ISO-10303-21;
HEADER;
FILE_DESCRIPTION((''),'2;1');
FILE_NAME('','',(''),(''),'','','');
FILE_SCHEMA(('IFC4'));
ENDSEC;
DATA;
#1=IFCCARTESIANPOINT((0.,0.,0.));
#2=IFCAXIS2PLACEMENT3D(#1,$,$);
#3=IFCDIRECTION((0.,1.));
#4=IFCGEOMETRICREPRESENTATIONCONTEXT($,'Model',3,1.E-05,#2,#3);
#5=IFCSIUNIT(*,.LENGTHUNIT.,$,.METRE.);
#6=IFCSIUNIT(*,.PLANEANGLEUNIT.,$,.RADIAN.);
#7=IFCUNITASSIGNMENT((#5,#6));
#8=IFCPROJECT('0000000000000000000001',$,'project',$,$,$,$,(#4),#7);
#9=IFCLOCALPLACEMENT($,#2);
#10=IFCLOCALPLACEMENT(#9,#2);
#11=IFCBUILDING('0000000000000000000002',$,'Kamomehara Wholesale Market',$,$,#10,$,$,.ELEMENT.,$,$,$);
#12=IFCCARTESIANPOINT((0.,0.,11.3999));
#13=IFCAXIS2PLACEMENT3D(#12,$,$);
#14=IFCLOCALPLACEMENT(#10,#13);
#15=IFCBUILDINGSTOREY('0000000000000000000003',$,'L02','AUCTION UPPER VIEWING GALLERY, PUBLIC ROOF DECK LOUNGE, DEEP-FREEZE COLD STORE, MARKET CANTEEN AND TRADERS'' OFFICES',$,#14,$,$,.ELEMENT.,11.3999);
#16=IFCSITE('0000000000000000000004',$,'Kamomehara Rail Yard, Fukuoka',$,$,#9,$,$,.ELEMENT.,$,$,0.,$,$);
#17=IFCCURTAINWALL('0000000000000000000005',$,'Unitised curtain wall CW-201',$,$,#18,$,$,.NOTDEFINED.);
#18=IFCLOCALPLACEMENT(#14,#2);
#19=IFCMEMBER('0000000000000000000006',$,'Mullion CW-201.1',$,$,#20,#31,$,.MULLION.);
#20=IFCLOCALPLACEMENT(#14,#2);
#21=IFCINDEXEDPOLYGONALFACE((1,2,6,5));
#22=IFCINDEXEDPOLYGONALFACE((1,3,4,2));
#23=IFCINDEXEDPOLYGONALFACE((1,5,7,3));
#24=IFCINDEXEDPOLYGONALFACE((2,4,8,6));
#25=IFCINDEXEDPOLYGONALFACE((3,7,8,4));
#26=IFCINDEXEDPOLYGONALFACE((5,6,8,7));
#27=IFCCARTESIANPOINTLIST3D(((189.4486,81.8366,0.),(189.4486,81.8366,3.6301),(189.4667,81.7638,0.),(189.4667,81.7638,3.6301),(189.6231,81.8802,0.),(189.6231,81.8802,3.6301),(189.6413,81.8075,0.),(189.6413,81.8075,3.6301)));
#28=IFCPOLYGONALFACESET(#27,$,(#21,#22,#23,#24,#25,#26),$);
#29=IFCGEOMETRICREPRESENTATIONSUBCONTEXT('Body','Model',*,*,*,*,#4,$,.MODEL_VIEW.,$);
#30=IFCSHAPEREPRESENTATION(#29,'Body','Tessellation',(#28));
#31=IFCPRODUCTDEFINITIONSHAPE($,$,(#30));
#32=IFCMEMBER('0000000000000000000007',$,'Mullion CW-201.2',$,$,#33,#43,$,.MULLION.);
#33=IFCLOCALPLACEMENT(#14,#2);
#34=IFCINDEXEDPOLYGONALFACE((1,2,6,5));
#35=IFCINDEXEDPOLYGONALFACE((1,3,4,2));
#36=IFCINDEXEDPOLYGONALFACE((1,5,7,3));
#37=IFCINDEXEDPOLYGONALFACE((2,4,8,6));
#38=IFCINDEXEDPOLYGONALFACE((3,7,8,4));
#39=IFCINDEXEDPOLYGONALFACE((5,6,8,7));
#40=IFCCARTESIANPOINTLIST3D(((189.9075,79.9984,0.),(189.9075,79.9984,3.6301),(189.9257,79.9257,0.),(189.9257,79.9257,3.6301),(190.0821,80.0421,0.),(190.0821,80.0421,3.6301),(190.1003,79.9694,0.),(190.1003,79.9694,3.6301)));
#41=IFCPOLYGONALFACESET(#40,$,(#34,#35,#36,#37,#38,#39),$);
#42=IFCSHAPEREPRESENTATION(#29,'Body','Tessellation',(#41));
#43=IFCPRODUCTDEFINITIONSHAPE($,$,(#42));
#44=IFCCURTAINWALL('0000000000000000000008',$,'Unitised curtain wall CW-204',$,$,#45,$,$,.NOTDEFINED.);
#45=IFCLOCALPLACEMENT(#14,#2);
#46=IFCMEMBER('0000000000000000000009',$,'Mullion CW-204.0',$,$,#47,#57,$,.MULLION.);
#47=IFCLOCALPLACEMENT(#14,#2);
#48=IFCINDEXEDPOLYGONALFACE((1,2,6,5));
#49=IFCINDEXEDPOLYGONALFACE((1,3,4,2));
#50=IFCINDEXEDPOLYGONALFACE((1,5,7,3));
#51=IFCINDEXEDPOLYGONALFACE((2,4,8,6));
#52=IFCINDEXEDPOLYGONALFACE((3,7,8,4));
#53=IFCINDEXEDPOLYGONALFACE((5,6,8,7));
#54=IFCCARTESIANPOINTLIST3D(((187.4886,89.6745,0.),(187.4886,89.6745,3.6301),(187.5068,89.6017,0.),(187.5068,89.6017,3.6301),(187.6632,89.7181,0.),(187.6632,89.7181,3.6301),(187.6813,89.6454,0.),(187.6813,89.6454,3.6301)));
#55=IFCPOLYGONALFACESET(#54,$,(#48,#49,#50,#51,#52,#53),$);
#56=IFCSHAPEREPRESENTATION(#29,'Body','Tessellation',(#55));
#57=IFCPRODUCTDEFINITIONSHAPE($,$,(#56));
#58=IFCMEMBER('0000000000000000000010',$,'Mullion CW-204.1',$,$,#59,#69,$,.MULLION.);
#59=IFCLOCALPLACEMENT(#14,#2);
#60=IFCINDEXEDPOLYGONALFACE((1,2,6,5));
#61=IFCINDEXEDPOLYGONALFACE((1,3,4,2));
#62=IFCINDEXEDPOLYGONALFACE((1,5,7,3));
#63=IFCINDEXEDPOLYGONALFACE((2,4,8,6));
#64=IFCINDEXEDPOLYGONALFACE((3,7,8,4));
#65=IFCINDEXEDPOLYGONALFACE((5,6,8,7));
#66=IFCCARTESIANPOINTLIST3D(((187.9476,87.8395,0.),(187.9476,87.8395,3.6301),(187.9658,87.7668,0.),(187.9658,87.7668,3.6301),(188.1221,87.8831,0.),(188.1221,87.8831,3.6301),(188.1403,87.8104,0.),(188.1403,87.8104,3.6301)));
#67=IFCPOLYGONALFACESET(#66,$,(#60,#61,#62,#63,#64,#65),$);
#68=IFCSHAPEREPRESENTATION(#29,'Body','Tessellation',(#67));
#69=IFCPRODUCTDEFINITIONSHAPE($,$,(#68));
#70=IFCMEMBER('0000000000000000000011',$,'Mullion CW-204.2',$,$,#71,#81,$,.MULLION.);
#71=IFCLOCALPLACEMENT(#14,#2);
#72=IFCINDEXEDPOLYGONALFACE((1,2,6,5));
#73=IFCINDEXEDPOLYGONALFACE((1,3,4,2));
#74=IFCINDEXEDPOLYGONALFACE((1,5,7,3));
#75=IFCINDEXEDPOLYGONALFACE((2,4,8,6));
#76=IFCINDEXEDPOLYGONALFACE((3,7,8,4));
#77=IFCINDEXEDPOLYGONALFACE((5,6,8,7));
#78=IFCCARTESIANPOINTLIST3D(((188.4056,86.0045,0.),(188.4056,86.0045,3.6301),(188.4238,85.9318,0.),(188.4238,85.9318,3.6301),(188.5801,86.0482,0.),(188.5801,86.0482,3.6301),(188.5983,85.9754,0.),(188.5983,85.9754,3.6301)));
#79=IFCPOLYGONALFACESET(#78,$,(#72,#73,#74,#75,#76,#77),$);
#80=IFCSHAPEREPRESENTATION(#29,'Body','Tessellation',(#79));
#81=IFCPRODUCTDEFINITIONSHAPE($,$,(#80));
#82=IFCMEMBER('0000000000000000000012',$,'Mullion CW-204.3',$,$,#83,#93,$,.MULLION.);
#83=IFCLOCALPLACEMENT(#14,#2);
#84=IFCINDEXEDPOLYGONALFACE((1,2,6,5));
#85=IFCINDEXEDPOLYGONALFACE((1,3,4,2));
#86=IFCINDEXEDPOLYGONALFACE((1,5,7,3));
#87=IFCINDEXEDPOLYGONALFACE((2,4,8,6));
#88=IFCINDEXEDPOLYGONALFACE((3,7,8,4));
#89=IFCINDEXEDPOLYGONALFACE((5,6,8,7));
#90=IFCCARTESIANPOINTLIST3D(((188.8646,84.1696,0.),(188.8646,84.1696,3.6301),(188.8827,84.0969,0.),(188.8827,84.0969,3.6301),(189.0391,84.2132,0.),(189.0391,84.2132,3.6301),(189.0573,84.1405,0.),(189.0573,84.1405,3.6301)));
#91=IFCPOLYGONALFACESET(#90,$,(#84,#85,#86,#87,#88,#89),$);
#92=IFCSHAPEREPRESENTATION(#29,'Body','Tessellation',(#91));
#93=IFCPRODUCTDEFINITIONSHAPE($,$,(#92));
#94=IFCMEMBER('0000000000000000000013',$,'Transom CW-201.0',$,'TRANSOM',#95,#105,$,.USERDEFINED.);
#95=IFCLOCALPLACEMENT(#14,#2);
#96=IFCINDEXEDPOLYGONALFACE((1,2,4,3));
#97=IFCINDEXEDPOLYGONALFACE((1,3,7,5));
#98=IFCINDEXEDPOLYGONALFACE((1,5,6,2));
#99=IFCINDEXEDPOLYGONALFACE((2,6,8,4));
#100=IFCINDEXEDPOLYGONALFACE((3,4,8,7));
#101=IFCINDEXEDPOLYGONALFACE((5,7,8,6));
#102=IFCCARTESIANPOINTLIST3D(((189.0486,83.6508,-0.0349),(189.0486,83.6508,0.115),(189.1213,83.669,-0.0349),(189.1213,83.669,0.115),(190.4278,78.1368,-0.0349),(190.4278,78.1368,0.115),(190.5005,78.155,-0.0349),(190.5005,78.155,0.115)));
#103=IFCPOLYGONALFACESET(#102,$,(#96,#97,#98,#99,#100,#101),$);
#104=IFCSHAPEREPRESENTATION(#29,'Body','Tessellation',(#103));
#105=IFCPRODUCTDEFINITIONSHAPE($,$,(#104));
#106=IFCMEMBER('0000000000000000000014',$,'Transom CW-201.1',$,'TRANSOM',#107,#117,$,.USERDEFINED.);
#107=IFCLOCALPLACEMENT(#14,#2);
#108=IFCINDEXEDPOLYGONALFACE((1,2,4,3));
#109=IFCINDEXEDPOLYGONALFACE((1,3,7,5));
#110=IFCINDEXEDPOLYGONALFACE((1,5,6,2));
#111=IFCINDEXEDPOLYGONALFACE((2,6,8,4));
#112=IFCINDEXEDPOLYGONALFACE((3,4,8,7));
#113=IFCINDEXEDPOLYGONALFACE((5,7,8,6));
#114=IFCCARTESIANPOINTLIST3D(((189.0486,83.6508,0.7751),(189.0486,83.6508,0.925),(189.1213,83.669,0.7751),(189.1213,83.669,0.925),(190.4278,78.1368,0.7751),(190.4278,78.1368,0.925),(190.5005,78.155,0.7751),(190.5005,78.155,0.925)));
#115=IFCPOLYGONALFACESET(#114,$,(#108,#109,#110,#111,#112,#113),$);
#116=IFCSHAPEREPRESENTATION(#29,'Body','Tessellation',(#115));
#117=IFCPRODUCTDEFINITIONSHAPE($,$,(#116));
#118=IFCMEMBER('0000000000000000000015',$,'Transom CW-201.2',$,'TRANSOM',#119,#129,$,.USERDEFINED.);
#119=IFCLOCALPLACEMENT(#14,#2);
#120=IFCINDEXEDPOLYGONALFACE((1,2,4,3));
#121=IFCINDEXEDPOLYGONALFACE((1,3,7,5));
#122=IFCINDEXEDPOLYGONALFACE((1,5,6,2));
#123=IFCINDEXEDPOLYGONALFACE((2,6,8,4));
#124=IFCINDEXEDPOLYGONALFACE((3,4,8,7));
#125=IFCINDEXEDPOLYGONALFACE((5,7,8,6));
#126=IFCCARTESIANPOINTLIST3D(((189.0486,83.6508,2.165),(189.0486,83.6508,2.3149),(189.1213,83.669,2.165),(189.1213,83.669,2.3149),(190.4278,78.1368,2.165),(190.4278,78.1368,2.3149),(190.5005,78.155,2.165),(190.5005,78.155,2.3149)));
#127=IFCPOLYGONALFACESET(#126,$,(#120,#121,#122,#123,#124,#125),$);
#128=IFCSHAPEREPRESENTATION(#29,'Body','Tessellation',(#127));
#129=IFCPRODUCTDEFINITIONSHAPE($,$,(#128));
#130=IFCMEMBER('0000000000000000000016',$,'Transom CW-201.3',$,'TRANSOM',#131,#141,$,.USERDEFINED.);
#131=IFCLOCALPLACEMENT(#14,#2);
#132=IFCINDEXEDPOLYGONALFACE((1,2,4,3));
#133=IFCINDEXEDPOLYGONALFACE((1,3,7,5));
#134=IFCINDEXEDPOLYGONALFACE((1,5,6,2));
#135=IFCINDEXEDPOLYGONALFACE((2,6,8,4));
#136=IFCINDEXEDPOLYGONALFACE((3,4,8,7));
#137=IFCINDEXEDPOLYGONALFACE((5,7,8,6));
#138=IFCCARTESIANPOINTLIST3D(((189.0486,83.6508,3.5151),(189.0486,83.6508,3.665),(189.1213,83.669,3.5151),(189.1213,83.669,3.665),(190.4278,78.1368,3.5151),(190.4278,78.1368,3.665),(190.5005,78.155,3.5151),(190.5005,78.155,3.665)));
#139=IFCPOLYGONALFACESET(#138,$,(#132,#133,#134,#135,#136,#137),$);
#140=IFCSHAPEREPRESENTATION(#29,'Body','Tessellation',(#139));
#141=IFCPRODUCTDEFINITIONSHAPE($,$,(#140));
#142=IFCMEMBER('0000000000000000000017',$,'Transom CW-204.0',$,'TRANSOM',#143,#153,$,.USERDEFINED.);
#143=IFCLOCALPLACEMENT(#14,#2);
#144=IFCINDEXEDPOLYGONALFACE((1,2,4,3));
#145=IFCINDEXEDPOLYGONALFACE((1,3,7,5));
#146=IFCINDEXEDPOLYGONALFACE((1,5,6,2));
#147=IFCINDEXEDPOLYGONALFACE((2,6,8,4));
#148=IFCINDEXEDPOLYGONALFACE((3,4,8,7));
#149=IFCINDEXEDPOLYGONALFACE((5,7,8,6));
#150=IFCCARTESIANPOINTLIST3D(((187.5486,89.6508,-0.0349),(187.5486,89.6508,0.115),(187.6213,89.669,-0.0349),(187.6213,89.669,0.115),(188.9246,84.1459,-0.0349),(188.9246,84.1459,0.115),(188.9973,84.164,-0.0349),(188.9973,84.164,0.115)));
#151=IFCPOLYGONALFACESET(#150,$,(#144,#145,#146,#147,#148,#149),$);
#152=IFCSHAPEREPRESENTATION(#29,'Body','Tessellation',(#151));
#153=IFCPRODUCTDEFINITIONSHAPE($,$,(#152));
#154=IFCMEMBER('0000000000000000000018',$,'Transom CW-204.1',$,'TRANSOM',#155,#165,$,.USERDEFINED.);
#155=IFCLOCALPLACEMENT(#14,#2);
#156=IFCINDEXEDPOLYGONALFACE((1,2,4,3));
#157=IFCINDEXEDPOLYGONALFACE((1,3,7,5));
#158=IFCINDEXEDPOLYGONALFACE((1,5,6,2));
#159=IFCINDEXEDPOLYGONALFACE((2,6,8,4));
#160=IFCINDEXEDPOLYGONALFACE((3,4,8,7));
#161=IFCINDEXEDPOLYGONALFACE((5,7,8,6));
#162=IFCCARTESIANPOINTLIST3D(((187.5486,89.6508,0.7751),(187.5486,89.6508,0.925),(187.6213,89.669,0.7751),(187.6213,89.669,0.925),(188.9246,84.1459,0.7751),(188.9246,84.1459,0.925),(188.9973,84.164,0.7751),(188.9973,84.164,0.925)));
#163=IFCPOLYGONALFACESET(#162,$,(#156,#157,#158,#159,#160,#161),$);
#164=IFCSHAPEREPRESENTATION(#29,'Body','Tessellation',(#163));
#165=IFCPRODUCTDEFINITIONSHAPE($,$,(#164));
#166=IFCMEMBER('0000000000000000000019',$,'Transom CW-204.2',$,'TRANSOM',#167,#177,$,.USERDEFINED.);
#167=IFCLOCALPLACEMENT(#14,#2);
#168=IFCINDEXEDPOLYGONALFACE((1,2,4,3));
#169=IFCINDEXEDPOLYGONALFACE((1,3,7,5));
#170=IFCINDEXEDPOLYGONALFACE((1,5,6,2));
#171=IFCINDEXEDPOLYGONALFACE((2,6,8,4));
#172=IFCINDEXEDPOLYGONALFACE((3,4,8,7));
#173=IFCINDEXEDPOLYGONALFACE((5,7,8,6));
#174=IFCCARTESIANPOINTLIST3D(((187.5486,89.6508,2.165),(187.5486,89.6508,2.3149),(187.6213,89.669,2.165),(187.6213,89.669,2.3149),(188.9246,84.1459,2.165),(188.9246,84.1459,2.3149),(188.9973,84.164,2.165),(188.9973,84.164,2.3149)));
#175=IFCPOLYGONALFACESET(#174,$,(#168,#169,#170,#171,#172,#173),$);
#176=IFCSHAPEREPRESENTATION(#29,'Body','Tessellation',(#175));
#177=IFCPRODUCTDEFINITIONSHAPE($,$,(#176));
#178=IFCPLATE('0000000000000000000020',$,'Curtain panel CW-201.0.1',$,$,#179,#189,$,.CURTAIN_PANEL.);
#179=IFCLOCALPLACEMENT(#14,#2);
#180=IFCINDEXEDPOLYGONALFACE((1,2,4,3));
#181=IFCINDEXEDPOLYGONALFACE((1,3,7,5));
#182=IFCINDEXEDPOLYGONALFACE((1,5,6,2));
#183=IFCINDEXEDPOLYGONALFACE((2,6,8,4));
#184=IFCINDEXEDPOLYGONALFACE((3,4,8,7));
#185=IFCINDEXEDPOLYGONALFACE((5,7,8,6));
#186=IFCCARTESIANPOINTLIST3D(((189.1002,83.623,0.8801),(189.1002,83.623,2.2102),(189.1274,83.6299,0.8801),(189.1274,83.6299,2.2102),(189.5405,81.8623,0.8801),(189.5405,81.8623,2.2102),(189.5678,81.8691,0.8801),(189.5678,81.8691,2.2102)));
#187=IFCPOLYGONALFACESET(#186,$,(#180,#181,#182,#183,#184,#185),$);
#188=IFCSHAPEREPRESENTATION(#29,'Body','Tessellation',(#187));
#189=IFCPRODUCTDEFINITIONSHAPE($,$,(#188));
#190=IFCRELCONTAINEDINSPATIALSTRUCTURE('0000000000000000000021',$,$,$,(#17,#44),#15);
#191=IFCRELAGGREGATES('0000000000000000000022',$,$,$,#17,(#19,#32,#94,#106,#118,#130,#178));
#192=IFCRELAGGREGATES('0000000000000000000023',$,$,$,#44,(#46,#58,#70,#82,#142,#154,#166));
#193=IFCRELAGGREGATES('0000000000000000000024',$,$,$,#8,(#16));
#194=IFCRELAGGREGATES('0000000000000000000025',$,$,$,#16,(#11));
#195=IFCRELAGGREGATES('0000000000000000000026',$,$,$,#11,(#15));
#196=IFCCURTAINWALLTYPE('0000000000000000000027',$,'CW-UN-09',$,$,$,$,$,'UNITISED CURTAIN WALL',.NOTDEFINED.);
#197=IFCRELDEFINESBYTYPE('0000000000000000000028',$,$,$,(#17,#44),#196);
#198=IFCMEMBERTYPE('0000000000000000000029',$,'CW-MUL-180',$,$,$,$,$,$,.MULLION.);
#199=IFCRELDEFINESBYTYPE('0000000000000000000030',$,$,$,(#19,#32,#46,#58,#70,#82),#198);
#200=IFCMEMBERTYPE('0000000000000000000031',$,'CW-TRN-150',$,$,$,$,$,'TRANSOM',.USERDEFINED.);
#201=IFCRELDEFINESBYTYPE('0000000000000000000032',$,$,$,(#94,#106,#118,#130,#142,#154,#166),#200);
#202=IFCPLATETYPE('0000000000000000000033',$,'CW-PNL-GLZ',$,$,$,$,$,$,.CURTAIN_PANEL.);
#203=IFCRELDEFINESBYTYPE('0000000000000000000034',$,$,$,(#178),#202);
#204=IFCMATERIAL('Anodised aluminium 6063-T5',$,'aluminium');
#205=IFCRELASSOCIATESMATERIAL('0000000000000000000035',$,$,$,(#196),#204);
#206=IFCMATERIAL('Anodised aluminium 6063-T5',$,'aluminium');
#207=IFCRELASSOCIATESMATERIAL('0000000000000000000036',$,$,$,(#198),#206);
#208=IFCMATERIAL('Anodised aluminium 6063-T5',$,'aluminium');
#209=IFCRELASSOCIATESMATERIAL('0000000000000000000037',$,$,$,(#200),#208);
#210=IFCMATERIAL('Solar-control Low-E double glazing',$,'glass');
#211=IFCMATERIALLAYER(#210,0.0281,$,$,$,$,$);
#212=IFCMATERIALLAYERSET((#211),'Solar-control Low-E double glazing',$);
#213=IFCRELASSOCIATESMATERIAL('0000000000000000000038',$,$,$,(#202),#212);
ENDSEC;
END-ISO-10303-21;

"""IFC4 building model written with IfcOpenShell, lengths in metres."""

from ifc_helpers import new_model, si_unit, direction, frame, origin, origin_2d, place, context, subcontext, project, spatial, rectangle, extrude, material, layer, layer_set, material_profile, profile_set, type_object, element, aggregate, save


model = new_model("IFC4")

# Units and contexts
model_context = context("Model", 3, precision=1e-05, world=origin(), true_north=direction((0.0, 1.0)))
body_context = subcontext(model_context, "Body", "Model", "MODEL_VIEW")
ifc_project = project(units=[si_unit("LENGTHUNIT", "METRE"), si_unit("PLANEANGLEUNIT", "RADIAN")], contexts=[model_context])

# Site, building, storey
site_placement = place(None, origin())
site = spatial("IfcSite", under=ifc_project, at=site_placement, Name="Kamomehara Rail Yard, Fukuoka", CompositionType="ELEMENT", RefElevation=0.0)
building_placement = place(site_placement, origin())
building = spatial("IfcBuilding", under=site, at=building_placement, Name="Kamomehara Wholesale Market", CompositionType="ELEMENT")
storey_placement = place(building_placement, frame((0.0, 0.0, 11.3999)))
storey = spatial("IfcBuildingStorey", under=building, at=storey_placement, Name="L02", Description="AUCTION UPPER VIEWING GALLERY, PUBLIC ROOF DECK LOUNGE, DEEP-FREEZE COLD STORE, MARKET CANTEEN AND TRADERS' OFFICES", CompositionType="ELEMENT", Elevation=11.3999)

# Curtain walls, members
ifc_material_1 = material(Name="Anodised aluminium 6063-T5", Category="aluminium")
curtain_wall_type = type_object("IfcCurtainWallType", Name="CW-UN-09", ElementType="UNITISED CURTAIN WALL", PredefinedType="NOTDEFINED", material=ifc_material_1)
curtain_wall_1_placement = place(storey_placement, origin())
curtain_wall_1 = element("IfcCurtainWall", 1, at=curtain_wall_1_placement, inside=storey, type_object=curtain_wall_type, Name="Unitised curtain wall CW-201", PredefinedType="NOTDEFINED")
ifc_material_2 = material(Name="Anodised aluminium 6063-T5", Category="aluminium")
ifc_material_profile_1 = material_profile(ifc_material_2, rectangle(XDim=0.075, YDim=0.1799, at=origin_2d()), Name="ALU-MUL-75x180")
ifc_profile_set_1 = profile_set([ifc_material_profile_1], Name="Anodised aluminium 6063-T5")
member_type_1 = type_object("IfcMemberType", Name="CW-MUL-180", PredefinedType="MULLION", material=ifc_profile_set_1)
member_1_placement = place(storey_placement, frame((189.5449, 81.822, 0.0), z_axis=(0.0, 0.0, 1.0), x_axis=(0.242618, -0.970122, 0.0)))
member_1 = element("IfcMember", 2, at=member_1_placement, type_object=member_type_1, Name="Mullion CW-201.1", PredefinedType="MULLION", context=body_context, shape_type="SweptSolid", body=[
    extrude(rectangle(XDim=0.075, YDim=0.1799, at=origin_2d()), origin(), (0.0, 0.0, 1.0), 3.6301),
])
member_2_placement = place(storey_placement, frame((190.0039, 79.9839, 0.0), z_axis=(0.0, 0.0, 1.0), x_axis=(0.242618, -0.970122, 0.0)))
member_2 = element("IfcMember", 3, at=member_2_placement, type_object=member_type_1, Name="Mullion CW-201.2", PredefinedType="MULLION", context=body_context, shape_type="SweptSolid", body=[
    extrude(rectangle(XDim=0.075, YDim=0.1799, at=origin_2d()), origin(), (0.0, 0.0, 1.0), 3.6301),
])
curtain_wall_2_placement = place(storey_placement, origin())
curtain_wall_2 = element("IfcCurtainWall", 4, at=curtain_wall_2_placement, inside=storey, type_object=curtain_wall_type, Name="Unitised curtain wall CW-204", PredefinedType="NOTDEFINED")
member_3_placement = place(storey_placement, frame((187.585, 89.6599, 0.0), z_axis=(0.0, 0.0, 1.0), x_axis=(0.242494, -0.970153, 0.0)))
member_3 = element("IfcMember", 5, at=member_3_placement, type_object=member_type_1, Name="Mullion CW-204.0", PredefinedType="MULLION", context=body_context, shape_type="SweptSolid", body=[
    extrude(rectangle(XDim=0.075, YDim=0.1799, at=origin_2d()), origin(), (0.0, 0.0, 1.0), 3.6301),
])
member_4_placement = place(storey_placement, frame((188.0439, 87.825, 0.0), z_axis=(0.0, 0.0, 1.0), x_axis=(0.242494, -0.970153, 0.0)))
member_4 = element("IfcMember", 6, at=member_4_placement, type_object=member_type_1, Name="Mullion CW-204.1", PredefinedType="MULLION", context=body_context, shape_type="SweptSolid", body=[
    extrude(rectangle(XDim=0.075, YDim=0.1799, at=origin_2d()), origin(), (0.0, 0.0, 1.0), 3.6301),
])
member_5_placement = place(storey_placement, frame((188.502, 85.99, 0.0), z_axis=(0.0, 0.0, 1.0), x_axis=(0.242494, -0.970153, 0.0)))
member_5 = element("IfcMember", 7, at=member_5_placement, type_object=member_type_1, Name="Mullion CW-204.2", PredefinedType="MULLION", context=body_context, shape_type="SweptSolid", body=[
    extrude(rectangle(XDim=0.075, YDim=0.1799, at=origin_2d()), origin(), (0.0, 0.0, 1.0), 3.6301),
])
member_6_placement = place(storey_placement, frame((188.9609, 84.155, 0.0), z_axis=(0.0, 0.0, 1.0), x_axis=(0.242494, -0.970153, 0.0)))
member_6 = element("IfcMember", 8, at=member_6_placement, type_object=member_type_1, Name="Mullion CW-204.3", PredefinedType="MULLION", context=body_context, shape_type="SweptSolid", body=[
    extrude(rectangle(XDim=0.075, YDim=0.1799, at=origin_2d()), origin(), (0.0, 0.0, 1.0), 3.6301),
])

# Members
ifc_material_3 = material(Name="Anodised aluminium 6063-T5", Category="aluminium")
ifc_material_profile_2 = material_profile(ifc_material_3, rectangle(XDim=0.075, YDim=0.1499, at=origin_2d()), Name="ALU-TRN-75x150")
ifc_profile_set_2 = profile_set([ifc_material_profile_2], Name="Anodised aluminium 6063-T5")
member_type_2 = type_object("IfcMemberType", Name="CW-TRN-150", ElementType="TRANSOM", PredefinedType="USERDEFINED", material=ifc_profile_set_2)
member_7_placement = place(storey_placement, frame((189.085, 83.6599, 0.04), z_axis=(0.242647, -0.970115, 0.0), x_axis=(0.970115, 0.242647, 0.0)))
member_7 = element("IfcMember", 9, at=member_7_placement, type_object=member_type_2, Name="Transom CW-201.0", ObjectType="TRANSOM", PredefinedType="USERDEFINED", context=body_context, shape_type="SweptSolid", body=[
    extrude(rectangle(XDim=0.075, YDim=0.1499, at=origin_2d()), origin(), (0.0, 0.0, 1.0), 5.6838),
])
member_8_placement = place(storey_placement, frame((189.085, 83.6599, 0.8501), z_axis=(0.242647, -0.970115, 0.0), x_axis=(0.970115, 0.242647, 0.0)))
member_8 = element("IfcMember", 10, at=member_8_placement, type_object=member_type_2, Name="Transom CW-201.1", ObjectType="TRANSOM", PredefinedType="USERDEFINED", context=body_context, shape_type="SweptSolid", body=[
    extrude(rectangle(XDim=0.075, YDim=0.1499, at=origin_2d()), origin(), (0.0, 0.0, 1.0), 5.6838),
])
member_9_placement = place(storey_placement, frame((189.085, 83.6599, 2.24), z_axis=(0.242647, -0.970115, 0.0), x_axis=(0.970115, 0.242647, 0.0)))
member_9 = element("IfcMember", 11, at=member_9_placement, type_object=member_type_2, Name="Transom CW-201.2", ObjectType="TRANSOM", PredefinedType="USERDEFINED", context=body_context, shape_type="SweptSolid", body=[
    extrude(rectangle(XDim=0.075, YDim=0.1499, at=origin_2d()), origin(), (0.0, 0.0, 1.0), 5.6838),
])
member_10_placement = place(storey_placement, frame((189.085, 83.6599, 3.5901), z_axis=(0.242647, -0.970115, 0.0), x_axis=(0.970115, 0.242647, 0.0)))
member_10 = element("IfcMember", 12, at=member_10_placement, type_object=member_type_2, Name="Transom CW-201.3", ObjectType="TRANSOM", PredefinedType="USERDEFINED", context=body_context, shape_type="SweptSolid", body=[
    extrude(rectangle(XDim=0.075, YDim=0.1499, at=origin_2d()), origin(), (0.0, 0.0, 1.0), 5.6838),
])
member_11_placement = place(storey_placement, frame((187.585, 89.6599, 0.04), z_axis=(0.242495, -0.970153, 0.0), x_axis=(0.970153, 0.242495, 0.0)))
member_11 = element("IfcMember", 13, at=member_11_placement, type_object=member_type_2, Name="Transom CW-204.0", ObjectType="TRANSOM", PredefinedType="USERDEFINED", context=body_context, shape_type="SweptSolid", body=[
    extrude(rectangle(XDim=0.075, YDim=0.1499, at=origin_2d()), origin(), (0.0, 0.0, 1.0), 5.6743),
])
member_12_placement = place(storey_placement, frame((187.585, 89.6599, 0.8501), z_axis=(0.242495, -0.970153, 0.0), x_axis=(0.970153, 0.242495, 0.0)))
member_12 = element("IfcMember", 14, at=member_12_placement, type_object=member_type_2, Name="Transom CW-204.1", ObjectType="TRANSOM", PredefinedType="USERDEFINED", context=body_context, shape_type="SweptSolid", body=[
    extrude(rectangle(XDim=0.075, YDim=0.1499, at=origin_2d()), origin(), (0.0, 0.0, 1.0), 5.6743),
])
member_13_placement = place(storey_placement, frame((187.585, 89.6599, 2.24), z_axis=(0.242495, -0.970153, 0.0), x_axis=(0.970153, 0.242495, 0.0)))
member_13 = element("IfcMember", 15, at=member_13_placement, type_object=member_type_2, Name="Transom CW-204.2", ObjectType="TRANSOM", PredefinedType="USERDEFINED", context=body_context, shape_type="SweptSolid", body=[
    extrude(rectangle(XDim=0.075, YDim=0.1499, at=origin_2d()), origin(), (0.0, 0.0, 1.0), 5.6743),
])

# Plate
ifc_material_4 = material(Name="Solar-control Low-E double glazing", Category="glass")
ifc_layer_1 = layer(ifc_material_4, 0.0281)
ifc_layer_set_1 = layer_set([ifc_layer_1], Name="Solar-control Low-E double glazing")
plate_type_1 = type_object("IfcPlateType", Name="CW-PNL-GLZ", PredefinedType="CURTAIN_PANEL", material=ifc_layer_set_1)
plate_1_placement = place(storey_placement, frame((189.334, 82.7461, 0.8801), z_axis=(0.0, 0.0, 1.0), x_axis=(0.242616, -0.970122, 0.0)))
plate_1 = element("IfcPlate", 16, at=plate_1_placement, type_object=plate_type_1, Name="Curtain panel CW-201.0.1", PredefinedType="CURTAIN_PANEL", context=body_context, shape_type="SweptSolid", body=[
    extrude(rectangle(XDim=1.8149, YDim=0.0281, at=origin_2d()), origin(), (0.0, 0.0, 1.0), 1.3301),
])
aggregate(curtain_wall_1, [member_1, member_2, member_7, member_8, member_9, member_10, plate_1])
aggregate(curtain_wall_2, [member_3, member_4, member_5, member_6, member_11, member_12, member_13])

save(model, "model.ifc")
